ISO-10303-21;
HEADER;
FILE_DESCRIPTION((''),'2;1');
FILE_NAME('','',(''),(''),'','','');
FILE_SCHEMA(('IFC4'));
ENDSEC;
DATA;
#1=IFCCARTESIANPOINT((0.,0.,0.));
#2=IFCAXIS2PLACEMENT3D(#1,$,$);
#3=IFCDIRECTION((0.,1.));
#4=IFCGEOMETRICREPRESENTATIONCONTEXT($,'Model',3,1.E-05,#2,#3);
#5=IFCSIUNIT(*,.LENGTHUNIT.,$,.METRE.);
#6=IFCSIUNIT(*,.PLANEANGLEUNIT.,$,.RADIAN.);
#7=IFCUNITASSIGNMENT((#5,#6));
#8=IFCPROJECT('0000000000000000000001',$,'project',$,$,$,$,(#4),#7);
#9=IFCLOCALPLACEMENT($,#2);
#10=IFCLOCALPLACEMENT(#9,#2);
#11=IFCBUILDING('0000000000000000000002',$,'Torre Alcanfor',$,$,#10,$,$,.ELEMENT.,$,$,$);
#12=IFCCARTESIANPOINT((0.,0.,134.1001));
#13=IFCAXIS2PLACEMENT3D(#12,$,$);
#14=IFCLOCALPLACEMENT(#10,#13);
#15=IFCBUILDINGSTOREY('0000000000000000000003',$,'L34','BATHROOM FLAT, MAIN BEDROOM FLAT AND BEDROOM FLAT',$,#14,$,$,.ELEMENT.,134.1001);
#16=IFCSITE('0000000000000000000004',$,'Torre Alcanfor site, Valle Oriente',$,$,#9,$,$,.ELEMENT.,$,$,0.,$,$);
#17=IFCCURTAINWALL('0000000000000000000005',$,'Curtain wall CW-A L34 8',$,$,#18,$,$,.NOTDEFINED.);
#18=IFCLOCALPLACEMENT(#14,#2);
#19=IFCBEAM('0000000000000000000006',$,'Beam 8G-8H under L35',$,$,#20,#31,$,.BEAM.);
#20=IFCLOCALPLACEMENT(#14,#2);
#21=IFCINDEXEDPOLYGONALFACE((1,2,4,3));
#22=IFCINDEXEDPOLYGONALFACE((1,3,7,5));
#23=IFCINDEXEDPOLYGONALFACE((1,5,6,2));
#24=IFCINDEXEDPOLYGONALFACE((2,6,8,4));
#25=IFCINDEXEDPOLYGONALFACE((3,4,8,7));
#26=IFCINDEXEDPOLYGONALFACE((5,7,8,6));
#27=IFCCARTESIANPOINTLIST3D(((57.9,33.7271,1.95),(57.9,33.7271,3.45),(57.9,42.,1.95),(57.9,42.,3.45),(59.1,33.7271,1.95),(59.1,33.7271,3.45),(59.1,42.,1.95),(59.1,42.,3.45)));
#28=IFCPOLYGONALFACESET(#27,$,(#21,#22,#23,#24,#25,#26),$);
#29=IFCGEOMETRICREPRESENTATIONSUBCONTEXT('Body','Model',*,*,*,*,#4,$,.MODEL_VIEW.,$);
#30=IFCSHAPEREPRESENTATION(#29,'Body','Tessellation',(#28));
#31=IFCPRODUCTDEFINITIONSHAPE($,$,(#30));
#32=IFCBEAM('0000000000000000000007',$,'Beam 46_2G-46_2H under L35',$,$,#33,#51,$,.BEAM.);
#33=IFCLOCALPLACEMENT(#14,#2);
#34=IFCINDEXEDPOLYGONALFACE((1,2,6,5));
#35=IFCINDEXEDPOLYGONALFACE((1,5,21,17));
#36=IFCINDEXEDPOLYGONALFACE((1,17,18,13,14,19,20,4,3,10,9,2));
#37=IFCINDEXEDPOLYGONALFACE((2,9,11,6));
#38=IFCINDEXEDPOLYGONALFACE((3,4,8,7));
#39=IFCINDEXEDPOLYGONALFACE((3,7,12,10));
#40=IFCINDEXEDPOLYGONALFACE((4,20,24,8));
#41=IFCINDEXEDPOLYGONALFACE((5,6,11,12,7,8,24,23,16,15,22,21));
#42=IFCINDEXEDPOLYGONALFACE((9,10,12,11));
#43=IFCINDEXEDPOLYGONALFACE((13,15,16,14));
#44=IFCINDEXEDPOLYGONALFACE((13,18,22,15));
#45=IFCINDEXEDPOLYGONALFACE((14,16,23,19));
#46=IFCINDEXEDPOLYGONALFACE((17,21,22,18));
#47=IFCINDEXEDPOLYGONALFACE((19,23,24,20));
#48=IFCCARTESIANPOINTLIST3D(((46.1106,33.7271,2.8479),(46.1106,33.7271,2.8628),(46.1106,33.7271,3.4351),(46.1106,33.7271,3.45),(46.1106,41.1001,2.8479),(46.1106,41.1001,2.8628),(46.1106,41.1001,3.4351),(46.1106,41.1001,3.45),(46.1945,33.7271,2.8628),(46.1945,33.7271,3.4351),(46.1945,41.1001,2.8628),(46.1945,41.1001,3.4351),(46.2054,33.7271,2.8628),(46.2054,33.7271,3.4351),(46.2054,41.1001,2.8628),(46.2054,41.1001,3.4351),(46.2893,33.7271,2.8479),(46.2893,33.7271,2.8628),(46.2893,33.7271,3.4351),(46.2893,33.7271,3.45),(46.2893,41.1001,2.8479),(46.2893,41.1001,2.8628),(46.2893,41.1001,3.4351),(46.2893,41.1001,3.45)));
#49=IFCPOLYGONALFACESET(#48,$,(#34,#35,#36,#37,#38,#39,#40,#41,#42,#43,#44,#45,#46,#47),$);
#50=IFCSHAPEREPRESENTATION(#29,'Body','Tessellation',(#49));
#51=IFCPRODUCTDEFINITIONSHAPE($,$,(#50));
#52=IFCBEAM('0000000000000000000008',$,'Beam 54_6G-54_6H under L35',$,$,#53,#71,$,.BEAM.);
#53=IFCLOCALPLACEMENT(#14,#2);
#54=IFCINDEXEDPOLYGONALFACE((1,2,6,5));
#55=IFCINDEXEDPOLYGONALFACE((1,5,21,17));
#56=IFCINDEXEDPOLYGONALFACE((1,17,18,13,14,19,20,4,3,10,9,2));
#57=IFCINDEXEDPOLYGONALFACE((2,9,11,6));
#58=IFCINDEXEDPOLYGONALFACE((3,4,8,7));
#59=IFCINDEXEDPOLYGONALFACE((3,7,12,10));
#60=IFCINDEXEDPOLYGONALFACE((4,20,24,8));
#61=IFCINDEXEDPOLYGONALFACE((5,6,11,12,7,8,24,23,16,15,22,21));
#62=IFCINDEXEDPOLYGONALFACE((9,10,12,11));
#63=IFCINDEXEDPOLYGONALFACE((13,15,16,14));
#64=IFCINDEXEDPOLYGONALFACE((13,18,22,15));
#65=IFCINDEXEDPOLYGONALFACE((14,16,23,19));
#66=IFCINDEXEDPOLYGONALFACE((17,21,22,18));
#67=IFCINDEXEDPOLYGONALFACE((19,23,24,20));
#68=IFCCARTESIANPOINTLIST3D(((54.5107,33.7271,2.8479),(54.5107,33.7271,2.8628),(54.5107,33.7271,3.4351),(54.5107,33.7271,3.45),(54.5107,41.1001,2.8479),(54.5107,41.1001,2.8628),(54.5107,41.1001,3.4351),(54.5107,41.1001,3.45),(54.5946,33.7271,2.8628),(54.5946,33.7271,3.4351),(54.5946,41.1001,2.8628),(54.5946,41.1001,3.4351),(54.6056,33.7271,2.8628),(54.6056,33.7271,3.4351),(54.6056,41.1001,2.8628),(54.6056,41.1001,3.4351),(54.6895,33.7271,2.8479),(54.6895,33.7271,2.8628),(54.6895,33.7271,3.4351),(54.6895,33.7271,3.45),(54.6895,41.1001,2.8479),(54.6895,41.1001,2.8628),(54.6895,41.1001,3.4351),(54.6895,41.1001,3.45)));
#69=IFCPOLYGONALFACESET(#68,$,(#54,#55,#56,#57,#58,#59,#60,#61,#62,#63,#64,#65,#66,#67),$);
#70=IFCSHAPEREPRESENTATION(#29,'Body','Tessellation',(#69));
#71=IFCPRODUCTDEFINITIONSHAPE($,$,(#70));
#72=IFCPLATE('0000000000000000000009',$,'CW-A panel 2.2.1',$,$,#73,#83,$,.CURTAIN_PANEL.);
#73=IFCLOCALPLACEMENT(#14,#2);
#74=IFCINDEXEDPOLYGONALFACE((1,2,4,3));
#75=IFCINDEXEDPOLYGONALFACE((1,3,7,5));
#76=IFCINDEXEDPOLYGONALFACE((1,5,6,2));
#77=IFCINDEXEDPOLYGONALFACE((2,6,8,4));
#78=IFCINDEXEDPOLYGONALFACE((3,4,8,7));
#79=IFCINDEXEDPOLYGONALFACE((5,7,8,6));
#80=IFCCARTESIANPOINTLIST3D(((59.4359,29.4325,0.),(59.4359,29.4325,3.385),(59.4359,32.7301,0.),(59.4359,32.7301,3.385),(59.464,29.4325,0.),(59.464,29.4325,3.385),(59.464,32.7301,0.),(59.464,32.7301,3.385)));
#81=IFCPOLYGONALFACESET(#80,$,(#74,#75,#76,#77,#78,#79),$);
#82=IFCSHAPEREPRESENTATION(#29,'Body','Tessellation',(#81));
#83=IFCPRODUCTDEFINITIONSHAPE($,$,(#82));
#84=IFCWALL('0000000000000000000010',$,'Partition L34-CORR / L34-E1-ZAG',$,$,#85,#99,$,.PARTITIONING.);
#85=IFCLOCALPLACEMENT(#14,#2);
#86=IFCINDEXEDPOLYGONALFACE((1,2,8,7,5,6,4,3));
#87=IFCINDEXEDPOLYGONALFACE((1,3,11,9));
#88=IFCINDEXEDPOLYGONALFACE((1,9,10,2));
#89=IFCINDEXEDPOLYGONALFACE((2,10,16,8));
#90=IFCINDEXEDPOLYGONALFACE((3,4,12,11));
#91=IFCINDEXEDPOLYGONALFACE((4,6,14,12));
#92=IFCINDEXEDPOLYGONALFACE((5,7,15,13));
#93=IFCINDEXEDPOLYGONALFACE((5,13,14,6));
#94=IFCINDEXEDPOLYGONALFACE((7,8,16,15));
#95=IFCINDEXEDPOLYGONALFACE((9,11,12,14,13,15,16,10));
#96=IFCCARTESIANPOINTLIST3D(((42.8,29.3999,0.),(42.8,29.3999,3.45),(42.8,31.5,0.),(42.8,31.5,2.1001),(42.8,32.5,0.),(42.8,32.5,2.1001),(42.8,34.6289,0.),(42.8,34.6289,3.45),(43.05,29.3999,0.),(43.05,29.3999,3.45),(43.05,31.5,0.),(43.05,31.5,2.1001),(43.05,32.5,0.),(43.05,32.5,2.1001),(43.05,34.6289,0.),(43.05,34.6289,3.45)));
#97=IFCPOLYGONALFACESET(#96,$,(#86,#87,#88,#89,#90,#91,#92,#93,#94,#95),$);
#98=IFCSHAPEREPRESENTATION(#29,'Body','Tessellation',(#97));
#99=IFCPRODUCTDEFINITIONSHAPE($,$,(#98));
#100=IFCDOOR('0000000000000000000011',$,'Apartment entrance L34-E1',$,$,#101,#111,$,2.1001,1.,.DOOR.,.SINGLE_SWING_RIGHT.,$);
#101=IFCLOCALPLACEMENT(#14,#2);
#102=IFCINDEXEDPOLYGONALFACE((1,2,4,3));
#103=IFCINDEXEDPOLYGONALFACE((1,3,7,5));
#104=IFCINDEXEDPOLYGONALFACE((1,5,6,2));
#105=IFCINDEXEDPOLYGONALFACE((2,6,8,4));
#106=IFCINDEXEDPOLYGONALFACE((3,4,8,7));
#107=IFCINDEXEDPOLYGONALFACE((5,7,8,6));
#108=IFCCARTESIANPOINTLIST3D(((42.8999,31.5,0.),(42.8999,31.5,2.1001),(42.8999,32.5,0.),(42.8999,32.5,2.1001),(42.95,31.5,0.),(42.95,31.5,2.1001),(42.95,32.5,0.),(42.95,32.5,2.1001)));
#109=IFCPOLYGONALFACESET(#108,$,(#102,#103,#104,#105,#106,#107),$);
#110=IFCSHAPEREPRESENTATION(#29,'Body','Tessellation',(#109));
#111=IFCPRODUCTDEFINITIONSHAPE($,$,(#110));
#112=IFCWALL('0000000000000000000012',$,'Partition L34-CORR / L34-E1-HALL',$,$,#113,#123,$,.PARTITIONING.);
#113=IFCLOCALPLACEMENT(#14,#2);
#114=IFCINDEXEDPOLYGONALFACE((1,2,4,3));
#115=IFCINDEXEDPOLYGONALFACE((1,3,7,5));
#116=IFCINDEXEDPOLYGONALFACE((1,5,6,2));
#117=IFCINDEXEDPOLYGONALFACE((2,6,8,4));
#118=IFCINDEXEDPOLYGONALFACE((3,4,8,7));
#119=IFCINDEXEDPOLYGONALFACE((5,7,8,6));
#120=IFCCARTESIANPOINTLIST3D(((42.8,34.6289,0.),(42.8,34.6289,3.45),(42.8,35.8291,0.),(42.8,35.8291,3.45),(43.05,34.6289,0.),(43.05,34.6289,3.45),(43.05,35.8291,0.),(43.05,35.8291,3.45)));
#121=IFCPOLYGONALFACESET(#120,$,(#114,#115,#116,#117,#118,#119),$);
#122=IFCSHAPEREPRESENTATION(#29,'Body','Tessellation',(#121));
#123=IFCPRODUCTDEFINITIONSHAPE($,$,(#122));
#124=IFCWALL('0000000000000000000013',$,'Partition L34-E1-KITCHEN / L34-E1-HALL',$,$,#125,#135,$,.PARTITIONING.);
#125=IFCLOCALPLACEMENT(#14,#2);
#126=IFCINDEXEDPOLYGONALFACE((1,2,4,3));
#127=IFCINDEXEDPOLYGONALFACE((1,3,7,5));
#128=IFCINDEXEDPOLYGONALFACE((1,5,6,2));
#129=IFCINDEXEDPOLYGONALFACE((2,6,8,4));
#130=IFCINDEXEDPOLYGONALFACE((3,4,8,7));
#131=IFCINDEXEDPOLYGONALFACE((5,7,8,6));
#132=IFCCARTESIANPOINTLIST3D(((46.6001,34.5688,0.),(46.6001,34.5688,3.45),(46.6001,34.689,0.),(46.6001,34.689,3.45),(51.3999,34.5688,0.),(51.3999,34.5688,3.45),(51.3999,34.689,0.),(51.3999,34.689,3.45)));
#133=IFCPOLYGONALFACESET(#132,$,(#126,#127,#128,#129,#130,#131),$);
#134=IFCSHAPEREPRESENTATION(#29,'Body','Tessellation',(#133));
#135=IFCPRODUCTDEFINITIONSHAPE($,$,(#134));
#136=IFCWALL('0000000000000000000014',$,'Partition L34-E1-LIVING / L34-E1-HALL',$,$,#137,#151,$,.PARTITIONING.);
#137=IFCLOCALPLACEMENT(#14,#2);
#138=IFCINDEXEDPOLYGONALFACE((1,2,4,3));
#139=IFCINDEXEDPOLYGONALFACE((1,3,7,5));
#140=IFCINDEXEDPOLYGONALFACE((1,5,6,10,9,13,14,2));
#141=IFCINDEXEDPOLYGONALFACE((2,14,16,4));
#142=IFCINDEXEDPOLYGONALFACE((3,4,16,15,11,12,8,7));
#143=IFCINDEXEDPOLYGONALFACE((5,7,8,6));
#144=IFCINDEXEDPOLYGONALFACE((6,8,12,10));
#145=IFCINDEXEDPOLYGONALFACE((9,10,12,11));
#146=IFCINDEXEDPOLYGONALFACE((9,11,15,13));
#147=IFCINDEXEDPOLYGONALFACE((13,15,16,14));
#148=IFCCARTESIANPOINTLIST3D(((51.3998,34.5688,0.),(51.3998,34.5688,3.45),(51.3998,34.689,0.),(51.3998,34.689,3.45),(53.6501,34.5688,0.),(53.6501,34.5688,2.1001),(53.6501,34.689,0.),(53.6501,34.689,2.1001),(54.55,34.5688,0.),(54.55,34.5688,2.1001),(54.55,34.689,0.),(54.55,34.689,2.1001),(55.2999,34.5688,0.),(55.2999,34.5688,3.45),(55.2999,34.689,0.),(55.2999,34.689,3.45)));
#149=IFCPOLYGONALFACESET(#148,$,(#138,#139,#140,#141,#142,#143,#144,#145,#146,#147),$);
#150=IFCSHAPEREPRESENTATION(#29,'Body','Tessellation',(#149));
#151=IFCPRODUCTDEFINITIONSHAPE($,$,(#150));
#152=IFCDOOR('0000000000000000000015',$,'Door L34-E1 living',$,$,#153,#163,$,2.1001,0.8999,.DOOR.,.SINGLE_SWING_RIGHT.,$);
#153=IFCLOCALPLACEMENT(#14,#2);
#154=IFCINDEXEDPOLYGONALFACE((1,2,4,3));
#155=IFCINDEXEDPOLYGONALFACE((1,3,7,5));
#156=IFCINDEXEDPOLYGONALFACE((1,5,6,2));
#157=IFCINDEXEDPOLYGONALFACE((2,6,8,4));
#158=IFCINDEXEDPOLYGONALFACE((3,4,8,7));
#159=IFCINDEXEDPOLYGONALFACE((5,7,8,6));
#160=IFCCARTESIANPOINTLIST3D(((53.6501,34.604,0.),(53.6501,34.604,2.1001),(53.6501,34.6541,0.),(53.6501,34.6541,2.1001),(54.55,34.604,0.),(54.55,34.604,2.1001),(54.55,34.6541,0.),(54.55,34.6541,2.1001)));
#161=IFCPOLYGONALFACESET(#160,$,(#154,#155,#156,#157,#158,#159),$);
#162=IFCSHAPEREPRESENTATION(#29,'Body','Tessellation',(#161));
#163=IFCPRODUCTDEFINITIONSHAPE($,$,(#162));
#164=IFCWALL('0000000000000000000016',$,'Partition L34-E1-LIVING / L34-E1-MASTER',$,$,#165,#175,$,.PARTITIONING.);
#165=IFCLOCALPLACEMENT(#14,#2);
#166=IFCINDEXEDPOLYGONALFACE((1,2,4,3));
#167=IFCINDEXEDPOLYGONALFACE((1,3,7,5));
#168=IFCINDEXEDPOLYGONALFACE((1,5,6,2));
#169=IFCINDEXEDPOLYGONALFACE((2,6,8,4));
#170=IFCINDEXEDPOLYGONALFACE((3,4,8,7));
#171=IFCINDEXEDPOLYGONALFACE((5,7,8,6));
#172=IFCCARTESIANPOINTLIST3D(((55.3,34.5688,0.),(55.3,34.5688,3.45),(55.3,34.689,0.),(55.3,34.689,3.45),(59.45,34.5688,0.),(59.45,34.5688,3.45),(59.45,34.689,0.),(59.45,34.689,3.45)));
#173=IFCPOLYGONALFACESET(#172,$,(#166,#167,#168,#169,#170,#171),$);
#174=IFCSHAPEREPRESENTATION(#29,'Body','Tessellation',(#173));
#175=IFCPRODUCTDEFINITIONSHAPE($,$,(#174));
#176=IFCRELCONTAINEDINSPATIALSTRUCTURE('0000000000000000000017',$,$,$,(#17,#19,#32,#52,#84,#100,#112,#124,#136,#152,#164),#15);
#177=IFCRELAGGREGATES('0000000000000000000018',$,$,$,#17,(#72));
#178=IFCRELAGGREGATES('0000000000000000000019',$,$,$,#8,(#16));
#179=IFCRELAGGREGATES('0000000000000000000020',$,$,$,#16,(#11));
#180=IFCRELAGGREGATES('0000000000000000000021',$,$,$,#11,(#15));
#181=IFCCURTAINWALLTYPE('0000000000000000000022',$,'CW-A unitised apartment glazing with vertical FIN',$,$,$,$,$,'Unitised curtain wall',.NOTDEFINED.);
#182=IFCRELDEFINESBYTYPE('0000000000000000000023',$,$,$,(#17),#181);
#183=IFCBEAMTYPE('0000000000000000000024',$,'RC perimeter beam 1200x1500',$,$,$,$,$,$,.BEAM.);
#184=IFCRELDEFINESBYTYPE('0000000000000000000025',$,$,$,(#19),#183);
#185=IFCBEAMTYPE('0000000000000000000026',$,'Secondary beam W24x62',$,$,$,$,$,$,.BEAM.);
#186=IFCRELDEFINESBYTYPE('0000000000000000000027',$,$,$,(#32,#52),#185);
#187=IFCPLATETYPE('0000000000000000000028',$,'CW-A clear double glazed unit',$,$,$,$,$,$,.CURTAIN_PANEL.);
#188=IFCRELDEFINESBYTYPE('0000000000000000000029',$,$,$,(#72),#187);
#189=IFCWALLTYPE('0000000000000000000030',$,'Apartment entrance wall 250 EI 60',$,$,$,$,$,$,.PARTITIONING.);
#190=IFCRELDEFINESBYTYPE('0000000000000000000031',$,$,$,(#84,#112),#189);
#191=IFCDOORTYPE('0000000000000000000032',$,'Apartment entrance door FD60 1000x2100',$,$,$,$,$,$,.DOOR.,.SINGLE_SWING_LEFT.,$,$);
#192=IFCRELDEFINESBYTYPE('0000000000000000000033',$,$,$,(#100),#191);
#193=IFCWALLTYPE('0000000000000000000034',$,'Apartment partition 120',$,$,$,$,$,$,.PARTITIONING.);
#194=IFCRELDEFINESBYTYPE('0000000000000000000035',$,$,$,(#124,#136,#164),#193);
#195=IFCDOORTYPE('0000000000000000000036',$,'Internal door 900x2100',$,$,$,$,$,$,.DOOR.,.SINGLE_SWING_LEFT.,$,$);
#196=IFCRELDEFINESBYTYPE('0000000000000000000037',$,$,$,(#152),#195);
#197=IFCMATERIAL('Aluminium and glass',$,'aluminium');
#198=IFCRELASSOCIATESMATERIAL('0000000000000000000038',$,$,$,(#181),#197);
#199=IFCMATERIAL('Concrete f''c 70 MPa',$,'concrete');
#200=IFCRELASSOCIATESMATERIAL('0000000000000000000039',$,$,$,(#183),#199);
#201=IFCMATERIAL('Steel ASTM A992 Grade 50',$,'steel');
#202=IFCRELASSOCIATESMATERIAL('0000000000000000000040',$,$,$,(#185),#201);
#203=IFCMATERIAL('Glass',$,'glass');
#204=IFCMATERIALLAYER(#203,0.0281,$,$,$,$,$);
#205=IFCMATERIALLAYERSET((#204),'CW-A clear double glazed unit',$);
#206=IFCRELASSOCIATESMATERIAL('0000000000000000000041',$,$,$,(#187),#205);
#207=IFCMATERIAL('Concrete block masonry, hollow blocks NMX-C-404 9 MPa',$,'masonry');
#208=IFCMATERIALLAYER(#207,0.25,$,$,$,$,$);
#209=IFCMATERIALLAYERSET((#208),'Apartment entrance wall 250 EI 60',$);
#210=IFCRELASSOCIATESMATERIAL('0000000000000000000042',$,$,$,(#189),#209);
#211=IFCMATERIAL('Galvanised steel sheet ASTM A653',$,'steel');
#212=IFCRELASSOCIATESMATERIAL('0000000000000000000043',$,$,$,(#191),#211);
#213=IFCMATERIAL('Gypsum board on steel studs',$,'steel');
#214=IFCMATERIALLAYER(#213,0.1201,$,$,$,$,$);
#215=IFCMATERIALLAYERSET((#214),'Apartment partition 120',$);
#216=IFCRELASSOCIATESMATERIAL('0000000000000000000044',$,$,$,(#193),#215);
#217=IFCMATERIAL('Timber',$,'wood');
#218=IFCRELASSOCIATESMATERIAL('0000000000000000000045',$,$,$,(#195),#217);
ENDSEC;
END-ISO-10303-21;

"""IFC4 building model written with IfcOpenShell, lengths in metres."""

from ifc_helpers import new_model, si_unit, direction, frame, frame_2d, origin, origin_2d, place, context, subcontext, project, spatial, rectangle, i_section, extrude, material, layer, layer_set, material_profile, profile_set, type_object, element, fill, aggregate, save


model = new_model("IFC4")

# Units and contexts
model_context = context("Model", 3, precision=1e-05, world=origin(), true_north=direction((0.0, 1.0)))
body_context = subcontext(model_context, "Body", "Model", "MODEL_VIEW")
ifc_project = project(units=[si_unit("LENGTHUNIT", "METRE"), si_unit("PLANEANGLEUNIT", "RADIAN")], contexts=[model_context])

# Site, building, storey
site_placement = place(None, origin())
site = spatial("IfcSite", under=ifc_project, at=site_placement, Name="Torre Alcanfor site, Valle Oriente", CompositionType="ELEMENT", RefElevation=0.0)
building_placement = place(site_placement, origin())
building = spatial("IfcBuilding", under=site, at=building_placement, Name="Torre Alcanfor", CompositionType="ELEMENT")
storey_placement = place(building_placement, frame((0.0, 0.0, 134.1001)))
storey = spatial("IfcBuildingStorey", under=building, at=storey_placement, Name="L34", Description="BATHROOM FLAT, MAIN BEDROOM FLAT AND BEDROOM FLAT", CompositionType="ELEMENT", Elevation=134.1001)

# Curtain wall
ifc_material_1 = material(Name="Aluminium and glass", Category="aluminium")
curtain_wall_type = type_object("IfcCurtainWallType", Name="CW-A unitised apartment glazing with vertical FIN", ElementType="Unitised curtain wall", PredefinedType="NOTDEFINED", material=ifc_material_1)
curtain_wall_placement = place(storey_placement, origin())
curtain_wall = element("IfcCurtainWall", 1, at=curtain_wall_placement, inside=storey, type_object=curtain_wall_type, Name="Curtain wall CW-A L34 8", PredefinedType="NOTDEFINED")

# Beams
ifc_material_2 = material(Name="Concrete f'c 70 MPa", Category="concrete")
ifc_material_profile_1 = material_profile(ifc_material_2, rectangle(XDim=1.2, YDim=1.5, at=origin_2d()), Name="1200x1500")
ifc_profile_set_1 = profile_set([ifc_material_profile_1], Name="Concrete f'c 70 MPa")
beam_type_1 = type_object("IfcBeamType", Name="RC perimeter beam 1200x1500", PredefinedType="BEAM", material=ifc_profile_set_1)
beam_1_placement = place(storey_placement, frame((58.5, 33.7271, 2.7), z_axis=(0.0, 1.0, 0.0), x_axis=(-1.0, 0.0, 0.0)))
element("IfcBeam", 2, at=beam_1_placement, inside=storey, type_object=beam_type_1, Name="Beam 8G-8H under L35", PredefinedType="BEAM", context=body_context, shape_type="SweptSolid", body=[
    extrude(rectangle(XDim=1.2, YDim=1.5, at=origin_2d()), origin(), (0.0, 0.0, 1.0), 8.2729),
])
ifc_material_3 = material(Name="Steel ASTM A992 Grade 50", Category="steel")
ifc_material_profile_2 = material_profile(ifc_material_3, i_section(OverallWidth=0.1787, OverallDepth=0.6021, WebThickness=0.011, FlangeThickness=0.0149, at=origin_2d()), Name="W24x62")
ifc_profile_set_2 = profile_set([ifc_material_profile_2], Name="Steel ASTM A992 Grade 50")
beam_type_2 = type_object("IfcBeamType", Name="Secondary beam W24x62", PredefinedType="BEAM", material=ifc_profile_set_2)
for number, where, z_axis, x_axis, name in (
    (3, (46.2, 33.7271, 3.1489), (0.0, 1.0, 0.0), (-1.0, 0.0, 0.0), "Beam 46_2G-46_2H under L35"),
    (4, (54.6001, 33.7271, 3.1489), (0.0, 1.0, 0.0), (-1.0, 0.0, 0.0), "Beam 54_6G-54_6H under L35"),
):
    element("IfcBeam", number, at=place(storey_placement, frame(where, z_axis=z_axis, x_axis=x_axis)), inside=storey, type_object=beam_type_2, Name=name, PredefinedType="BEAM", context=body_context, shape_type="SweptSolid", body=[
        extrude(i_section(OverallWidth=0.1787, OverallDepth=0.6021, WebThickness=0.011, FlangeThickness=0.0149, at=origin_2d()), origin(), (0.0, 0.0, 1.0), 7.373),
    ])

# Plate
ifc_material_4 = material(Name="Glass", Category="glass")
ifc_layer_1 = layer(ifc_material_4, 0.0281)
ifc_layer_set_1 = layer_set([ifc_layer_1], Name="CW-A clear double glazed unit")
plate_type = type_object("IfcPlateType", Name="CW-A clear double glazed unit", PredefinedType="CURTAIN_PANEL", material=ifc_layer_set_1)
plate_placement = place(storey_placement, frame((59.45, 31.0813, 0.0), z_axis=(0.0, 0.0, 1.0), x_axis=(0.0, 1.0, 0.0)))
plate = element("IfcPlate", 5, at=plate_placement, type_object=plate_type, Name="CW-A panel 2.2.1", PredefinedType="CURTAIN_PANEL", context=body_context, shape_type="SweptSolid", body=[
    extrude(rectangle(XDim=3.2976, YDim=0.0281, at=origin_2d()), origin(), (0.0, 0.0, 1.0), 3.385),
])
aggregate(curtain_wall, [plate])

# Wall, opening, door
ifc_material_5 = material(Name="Concrete block masonry, hollow blocks NMX-C-404 9 MPa", Category="masonry")
ifc_layer_2 = layer(ifc_material_5, 0.25)
ifc_layer_set_2 = layer_set([ifc_layer_2], Name="Apartment entrance wall 250 EI 60")
wall_type_1 = type_object("IfcWallType", Name="Apartment entrance wall 250 EI 60", PredefinedType="PARTITIONING", material=ifc_layer_set_2)
wall_1_placement = place(storey_placement, frame((42.925, 34.6289, 0.0), z_axis=(0.0, 0.0, 1.0), x_axis=(0.0, -1.0, 0.0)))
wall_1 = element("IfcWall", 6, at=wall_1_placement, inside=storey, type_object=wall_type_1, Name="Partition L34-CORR / L34-E1-ZAG", PredefinedType="PARTITIONING", context=body_context, shape_type="SweptSolid", body=[
    extrude(rectangle(XDim=5.229, YDim=0.25, at=frame_2d((2.6145, 0.0))), origin(), (0.0, 0.0, 1.0), 3.45),
])
opening_1_placement = place(wall_1_placement, frame((2.1289, 0.0, 0.0)))
opening_1 = element("IfcOpeningElement", 7, at=opening_1_placement, cuts=wall_1, PredefinedType="OPENING", context=body_context, shape_type="SweptSolid", body=[
    extrude(rectangle(XDim=1.0, YDim=2.1001, at=frame_2d((0.5, 1.05))), frame((0.0, 0.135, 0.0), z_axis=(0.0, -1.0, 0.0), x_axis=(1.0, 0.0, 0.0)), (0.0, 0.0, 1.0), 0.27),
])
ifc_material_6 = material(Name="Galvanised steel sheet ASTM A653", Category="steel")
door_type_1 = type_object("IfcDoorType", Name="Apartment entrance door FD60 1000x2100", OperationType="SINGLE_SWING_LEFT", PredefinedType="DOOR", material=ifc_material_6)
door_1_placement = place(opening_1_placement, origin())
door_1 = element("IfcDoor", 8, at=door_1_placement, inside=storey, type_object=door_type_1, Name="Apartment entrance L34-E1", OperationType="SINGLE_SWING_RIGHT", OverallHeight=2.1001, OverallWidth=1.0, PredefinedType="DOOR", context=body_context, shape_type="SweptSolid", body=[
    extrude(rectangle(XDim=1.0, YDim=2.1001, at=frame_2d((0.5, 1.05))), frame((0.0, 0.0249, 0.0), z_axis=(0.0, -1.0, 0.0), x_axis=(1.0, 0.0, 0.0)), (0.0, 0.0, 1.0), 0.05),
])
fill(opening_1, door_1)

# Walls
wall_2_placement = place(storey_placement, frame((42.925, 35.8291, 0.0), z_axis=(0.0, 0.0, 1.0), x_axis=(0.0, -1.0, 0.0)))
element("IfcWall", 9, at=wall_2_placement, inside=storey, type_object=wall_type_1, Name="Partition L34-CORR / L34-E1-HALL", PredefinedType="PARTITIONING", context=body_context, shape_type="SweptSolid", body=[
    extrude(rectangle(XDim=1.2002, YDim=0.25, at=frame_2d((0.6001, 0.0))), origin(), (0.0, 0.0, 1.0), 3.45),
])
ifc_material_7 = material(Name="Gypsum board on steel studs", Category="steel")
ifc_layer_3 = layer(ifc_material_7, 0.1201)
ifc_layer_set_3 = layer_set([ifc_layer_3], Name="Apartment partition 120")
wall_type_2 = type_object("IfcWallType", Name="Apartment partition 120", PredefinedType="PARTITIONING", material=ifc_layer_set_3)
wall_3_placement = place(storey_placement, frame((51.3999, 34.6289, 0.0), z_axis=(0.0, 0.0, 1.0), x_axis=(-1.0, 0.0, 0.0)))
element("IfcWall", 10, at=wall_3_placement, inside=storey, type_object=wall_type_2, Name="Partition L34-E1-KITCHEN / L34-E1-HALL", PredefinedType="PARTITIONING", context=body_context, shape_type="SweptSolid", body=[
    extrude(rectangle(XDim=4.7998, YDim=0.1201, at=frame_2d((2.3999, 0.0))), origin(), (0.0, 0.0, 1.0), 3.45),
])

# Wall, opening, door
wall_4_placement = place(storey_placement, frame((55.3, 34.6289, 0.0), z_axis=(0.0, 0.0, 1.0), x_axis=(-1.0, 0.0, 0.0)))
wall_4 = element("IfcWall", 11, at=wall_4_placement, inside=storey, type_object=wall_type_2, Name="Partition L34-E1-LIVING / L34-E1-HALL", PredefinedType="PARTITIONING", context=body_context, shape_type="SweptSolid", body=[
    extrude(rectangle(XDim=3.9001, YDim=0.1201, at=frame_2d((1.9502, 0.0))), origin(), (0.0, 0.0, 1.0), 3.45),
])
opening_2_placement = place(wall_4_placement, frame((0.75, 0.0, 0.0)))
opening_2 = element("IfcOpeningElement", 12, at=opening_2_placement, cuts=wall_4, PredefinedType="OPENING", context=body_context, shape_type="SweptSolid", body=[
    extrude(rectangle(XDim=0.8999, YDim=2.1001, at=frame_2d((0.45, 1.05))), frame((0.0, 0.0701, 0.0), z_axis=(0.0, -1.0, 0.0), x_axis=(1.0, 0.0, 0.0)), (0.0, 0.0, 1.0), 0.1401),
])
ifc_material_8 = material(Name="Timber", Category="wood")
door_type_2 = type_object("IfcDoorType", Name="Internal door 900x2100", OperationType="SINGLE_SWING_LEFT", PredefinedType="DOOR", material=ifc_material_8)
door_2_placement = place(opening_2_placement, origin())
door_2 = element("IfcDoor", 13, at=door_2_placement, inside=storey, type_object=door_type_2, Name="Door L34-E1 living", OperationType="SINGLE_SWING_RIGHT", OverallHeight=2.1001, OverallWidth=0.8999, PredefinedType="DOOR", context=body_context, shape_type="SweptSolid", body=[
    extrude(rectangle(XDim=0.8999, YDim=2.1001, at=frame_2d((0.45, 1.05))), frame((0.0, 0.0249, 0.0), z_axis=(0.0, -1.0, 0.0), x_axis=(1.0, 0.0, 0.0)), (0.0, 0.0, 1.0), 0.05),
])
fill(opening_2, door_2)

# Wall
wall_5_placement = place(storey_placement, frame((59.45, 34.6289, 0.0), z_axis=(0.0, 0.0, 1.0), x_axis=(-1.0, 0.0, 0.0)))
element("IfcWall", 14, at=wall_5_placement, inside=storey, type_object=wall_type_2, Name="Partition L34-E1-LIVING / L34-E1-MASTER", PredefinedType="PARTITIONING", context=body_context, shape_type="SweptSolid", body=[
    extrude(rectangle(XDim=4.1499, YDim=0.1201, at=frame_2d((2.075, 0.0))), origin(), (0.0, 0.0, 1.0), 3.45),
])

save(model, "model.ifc")
